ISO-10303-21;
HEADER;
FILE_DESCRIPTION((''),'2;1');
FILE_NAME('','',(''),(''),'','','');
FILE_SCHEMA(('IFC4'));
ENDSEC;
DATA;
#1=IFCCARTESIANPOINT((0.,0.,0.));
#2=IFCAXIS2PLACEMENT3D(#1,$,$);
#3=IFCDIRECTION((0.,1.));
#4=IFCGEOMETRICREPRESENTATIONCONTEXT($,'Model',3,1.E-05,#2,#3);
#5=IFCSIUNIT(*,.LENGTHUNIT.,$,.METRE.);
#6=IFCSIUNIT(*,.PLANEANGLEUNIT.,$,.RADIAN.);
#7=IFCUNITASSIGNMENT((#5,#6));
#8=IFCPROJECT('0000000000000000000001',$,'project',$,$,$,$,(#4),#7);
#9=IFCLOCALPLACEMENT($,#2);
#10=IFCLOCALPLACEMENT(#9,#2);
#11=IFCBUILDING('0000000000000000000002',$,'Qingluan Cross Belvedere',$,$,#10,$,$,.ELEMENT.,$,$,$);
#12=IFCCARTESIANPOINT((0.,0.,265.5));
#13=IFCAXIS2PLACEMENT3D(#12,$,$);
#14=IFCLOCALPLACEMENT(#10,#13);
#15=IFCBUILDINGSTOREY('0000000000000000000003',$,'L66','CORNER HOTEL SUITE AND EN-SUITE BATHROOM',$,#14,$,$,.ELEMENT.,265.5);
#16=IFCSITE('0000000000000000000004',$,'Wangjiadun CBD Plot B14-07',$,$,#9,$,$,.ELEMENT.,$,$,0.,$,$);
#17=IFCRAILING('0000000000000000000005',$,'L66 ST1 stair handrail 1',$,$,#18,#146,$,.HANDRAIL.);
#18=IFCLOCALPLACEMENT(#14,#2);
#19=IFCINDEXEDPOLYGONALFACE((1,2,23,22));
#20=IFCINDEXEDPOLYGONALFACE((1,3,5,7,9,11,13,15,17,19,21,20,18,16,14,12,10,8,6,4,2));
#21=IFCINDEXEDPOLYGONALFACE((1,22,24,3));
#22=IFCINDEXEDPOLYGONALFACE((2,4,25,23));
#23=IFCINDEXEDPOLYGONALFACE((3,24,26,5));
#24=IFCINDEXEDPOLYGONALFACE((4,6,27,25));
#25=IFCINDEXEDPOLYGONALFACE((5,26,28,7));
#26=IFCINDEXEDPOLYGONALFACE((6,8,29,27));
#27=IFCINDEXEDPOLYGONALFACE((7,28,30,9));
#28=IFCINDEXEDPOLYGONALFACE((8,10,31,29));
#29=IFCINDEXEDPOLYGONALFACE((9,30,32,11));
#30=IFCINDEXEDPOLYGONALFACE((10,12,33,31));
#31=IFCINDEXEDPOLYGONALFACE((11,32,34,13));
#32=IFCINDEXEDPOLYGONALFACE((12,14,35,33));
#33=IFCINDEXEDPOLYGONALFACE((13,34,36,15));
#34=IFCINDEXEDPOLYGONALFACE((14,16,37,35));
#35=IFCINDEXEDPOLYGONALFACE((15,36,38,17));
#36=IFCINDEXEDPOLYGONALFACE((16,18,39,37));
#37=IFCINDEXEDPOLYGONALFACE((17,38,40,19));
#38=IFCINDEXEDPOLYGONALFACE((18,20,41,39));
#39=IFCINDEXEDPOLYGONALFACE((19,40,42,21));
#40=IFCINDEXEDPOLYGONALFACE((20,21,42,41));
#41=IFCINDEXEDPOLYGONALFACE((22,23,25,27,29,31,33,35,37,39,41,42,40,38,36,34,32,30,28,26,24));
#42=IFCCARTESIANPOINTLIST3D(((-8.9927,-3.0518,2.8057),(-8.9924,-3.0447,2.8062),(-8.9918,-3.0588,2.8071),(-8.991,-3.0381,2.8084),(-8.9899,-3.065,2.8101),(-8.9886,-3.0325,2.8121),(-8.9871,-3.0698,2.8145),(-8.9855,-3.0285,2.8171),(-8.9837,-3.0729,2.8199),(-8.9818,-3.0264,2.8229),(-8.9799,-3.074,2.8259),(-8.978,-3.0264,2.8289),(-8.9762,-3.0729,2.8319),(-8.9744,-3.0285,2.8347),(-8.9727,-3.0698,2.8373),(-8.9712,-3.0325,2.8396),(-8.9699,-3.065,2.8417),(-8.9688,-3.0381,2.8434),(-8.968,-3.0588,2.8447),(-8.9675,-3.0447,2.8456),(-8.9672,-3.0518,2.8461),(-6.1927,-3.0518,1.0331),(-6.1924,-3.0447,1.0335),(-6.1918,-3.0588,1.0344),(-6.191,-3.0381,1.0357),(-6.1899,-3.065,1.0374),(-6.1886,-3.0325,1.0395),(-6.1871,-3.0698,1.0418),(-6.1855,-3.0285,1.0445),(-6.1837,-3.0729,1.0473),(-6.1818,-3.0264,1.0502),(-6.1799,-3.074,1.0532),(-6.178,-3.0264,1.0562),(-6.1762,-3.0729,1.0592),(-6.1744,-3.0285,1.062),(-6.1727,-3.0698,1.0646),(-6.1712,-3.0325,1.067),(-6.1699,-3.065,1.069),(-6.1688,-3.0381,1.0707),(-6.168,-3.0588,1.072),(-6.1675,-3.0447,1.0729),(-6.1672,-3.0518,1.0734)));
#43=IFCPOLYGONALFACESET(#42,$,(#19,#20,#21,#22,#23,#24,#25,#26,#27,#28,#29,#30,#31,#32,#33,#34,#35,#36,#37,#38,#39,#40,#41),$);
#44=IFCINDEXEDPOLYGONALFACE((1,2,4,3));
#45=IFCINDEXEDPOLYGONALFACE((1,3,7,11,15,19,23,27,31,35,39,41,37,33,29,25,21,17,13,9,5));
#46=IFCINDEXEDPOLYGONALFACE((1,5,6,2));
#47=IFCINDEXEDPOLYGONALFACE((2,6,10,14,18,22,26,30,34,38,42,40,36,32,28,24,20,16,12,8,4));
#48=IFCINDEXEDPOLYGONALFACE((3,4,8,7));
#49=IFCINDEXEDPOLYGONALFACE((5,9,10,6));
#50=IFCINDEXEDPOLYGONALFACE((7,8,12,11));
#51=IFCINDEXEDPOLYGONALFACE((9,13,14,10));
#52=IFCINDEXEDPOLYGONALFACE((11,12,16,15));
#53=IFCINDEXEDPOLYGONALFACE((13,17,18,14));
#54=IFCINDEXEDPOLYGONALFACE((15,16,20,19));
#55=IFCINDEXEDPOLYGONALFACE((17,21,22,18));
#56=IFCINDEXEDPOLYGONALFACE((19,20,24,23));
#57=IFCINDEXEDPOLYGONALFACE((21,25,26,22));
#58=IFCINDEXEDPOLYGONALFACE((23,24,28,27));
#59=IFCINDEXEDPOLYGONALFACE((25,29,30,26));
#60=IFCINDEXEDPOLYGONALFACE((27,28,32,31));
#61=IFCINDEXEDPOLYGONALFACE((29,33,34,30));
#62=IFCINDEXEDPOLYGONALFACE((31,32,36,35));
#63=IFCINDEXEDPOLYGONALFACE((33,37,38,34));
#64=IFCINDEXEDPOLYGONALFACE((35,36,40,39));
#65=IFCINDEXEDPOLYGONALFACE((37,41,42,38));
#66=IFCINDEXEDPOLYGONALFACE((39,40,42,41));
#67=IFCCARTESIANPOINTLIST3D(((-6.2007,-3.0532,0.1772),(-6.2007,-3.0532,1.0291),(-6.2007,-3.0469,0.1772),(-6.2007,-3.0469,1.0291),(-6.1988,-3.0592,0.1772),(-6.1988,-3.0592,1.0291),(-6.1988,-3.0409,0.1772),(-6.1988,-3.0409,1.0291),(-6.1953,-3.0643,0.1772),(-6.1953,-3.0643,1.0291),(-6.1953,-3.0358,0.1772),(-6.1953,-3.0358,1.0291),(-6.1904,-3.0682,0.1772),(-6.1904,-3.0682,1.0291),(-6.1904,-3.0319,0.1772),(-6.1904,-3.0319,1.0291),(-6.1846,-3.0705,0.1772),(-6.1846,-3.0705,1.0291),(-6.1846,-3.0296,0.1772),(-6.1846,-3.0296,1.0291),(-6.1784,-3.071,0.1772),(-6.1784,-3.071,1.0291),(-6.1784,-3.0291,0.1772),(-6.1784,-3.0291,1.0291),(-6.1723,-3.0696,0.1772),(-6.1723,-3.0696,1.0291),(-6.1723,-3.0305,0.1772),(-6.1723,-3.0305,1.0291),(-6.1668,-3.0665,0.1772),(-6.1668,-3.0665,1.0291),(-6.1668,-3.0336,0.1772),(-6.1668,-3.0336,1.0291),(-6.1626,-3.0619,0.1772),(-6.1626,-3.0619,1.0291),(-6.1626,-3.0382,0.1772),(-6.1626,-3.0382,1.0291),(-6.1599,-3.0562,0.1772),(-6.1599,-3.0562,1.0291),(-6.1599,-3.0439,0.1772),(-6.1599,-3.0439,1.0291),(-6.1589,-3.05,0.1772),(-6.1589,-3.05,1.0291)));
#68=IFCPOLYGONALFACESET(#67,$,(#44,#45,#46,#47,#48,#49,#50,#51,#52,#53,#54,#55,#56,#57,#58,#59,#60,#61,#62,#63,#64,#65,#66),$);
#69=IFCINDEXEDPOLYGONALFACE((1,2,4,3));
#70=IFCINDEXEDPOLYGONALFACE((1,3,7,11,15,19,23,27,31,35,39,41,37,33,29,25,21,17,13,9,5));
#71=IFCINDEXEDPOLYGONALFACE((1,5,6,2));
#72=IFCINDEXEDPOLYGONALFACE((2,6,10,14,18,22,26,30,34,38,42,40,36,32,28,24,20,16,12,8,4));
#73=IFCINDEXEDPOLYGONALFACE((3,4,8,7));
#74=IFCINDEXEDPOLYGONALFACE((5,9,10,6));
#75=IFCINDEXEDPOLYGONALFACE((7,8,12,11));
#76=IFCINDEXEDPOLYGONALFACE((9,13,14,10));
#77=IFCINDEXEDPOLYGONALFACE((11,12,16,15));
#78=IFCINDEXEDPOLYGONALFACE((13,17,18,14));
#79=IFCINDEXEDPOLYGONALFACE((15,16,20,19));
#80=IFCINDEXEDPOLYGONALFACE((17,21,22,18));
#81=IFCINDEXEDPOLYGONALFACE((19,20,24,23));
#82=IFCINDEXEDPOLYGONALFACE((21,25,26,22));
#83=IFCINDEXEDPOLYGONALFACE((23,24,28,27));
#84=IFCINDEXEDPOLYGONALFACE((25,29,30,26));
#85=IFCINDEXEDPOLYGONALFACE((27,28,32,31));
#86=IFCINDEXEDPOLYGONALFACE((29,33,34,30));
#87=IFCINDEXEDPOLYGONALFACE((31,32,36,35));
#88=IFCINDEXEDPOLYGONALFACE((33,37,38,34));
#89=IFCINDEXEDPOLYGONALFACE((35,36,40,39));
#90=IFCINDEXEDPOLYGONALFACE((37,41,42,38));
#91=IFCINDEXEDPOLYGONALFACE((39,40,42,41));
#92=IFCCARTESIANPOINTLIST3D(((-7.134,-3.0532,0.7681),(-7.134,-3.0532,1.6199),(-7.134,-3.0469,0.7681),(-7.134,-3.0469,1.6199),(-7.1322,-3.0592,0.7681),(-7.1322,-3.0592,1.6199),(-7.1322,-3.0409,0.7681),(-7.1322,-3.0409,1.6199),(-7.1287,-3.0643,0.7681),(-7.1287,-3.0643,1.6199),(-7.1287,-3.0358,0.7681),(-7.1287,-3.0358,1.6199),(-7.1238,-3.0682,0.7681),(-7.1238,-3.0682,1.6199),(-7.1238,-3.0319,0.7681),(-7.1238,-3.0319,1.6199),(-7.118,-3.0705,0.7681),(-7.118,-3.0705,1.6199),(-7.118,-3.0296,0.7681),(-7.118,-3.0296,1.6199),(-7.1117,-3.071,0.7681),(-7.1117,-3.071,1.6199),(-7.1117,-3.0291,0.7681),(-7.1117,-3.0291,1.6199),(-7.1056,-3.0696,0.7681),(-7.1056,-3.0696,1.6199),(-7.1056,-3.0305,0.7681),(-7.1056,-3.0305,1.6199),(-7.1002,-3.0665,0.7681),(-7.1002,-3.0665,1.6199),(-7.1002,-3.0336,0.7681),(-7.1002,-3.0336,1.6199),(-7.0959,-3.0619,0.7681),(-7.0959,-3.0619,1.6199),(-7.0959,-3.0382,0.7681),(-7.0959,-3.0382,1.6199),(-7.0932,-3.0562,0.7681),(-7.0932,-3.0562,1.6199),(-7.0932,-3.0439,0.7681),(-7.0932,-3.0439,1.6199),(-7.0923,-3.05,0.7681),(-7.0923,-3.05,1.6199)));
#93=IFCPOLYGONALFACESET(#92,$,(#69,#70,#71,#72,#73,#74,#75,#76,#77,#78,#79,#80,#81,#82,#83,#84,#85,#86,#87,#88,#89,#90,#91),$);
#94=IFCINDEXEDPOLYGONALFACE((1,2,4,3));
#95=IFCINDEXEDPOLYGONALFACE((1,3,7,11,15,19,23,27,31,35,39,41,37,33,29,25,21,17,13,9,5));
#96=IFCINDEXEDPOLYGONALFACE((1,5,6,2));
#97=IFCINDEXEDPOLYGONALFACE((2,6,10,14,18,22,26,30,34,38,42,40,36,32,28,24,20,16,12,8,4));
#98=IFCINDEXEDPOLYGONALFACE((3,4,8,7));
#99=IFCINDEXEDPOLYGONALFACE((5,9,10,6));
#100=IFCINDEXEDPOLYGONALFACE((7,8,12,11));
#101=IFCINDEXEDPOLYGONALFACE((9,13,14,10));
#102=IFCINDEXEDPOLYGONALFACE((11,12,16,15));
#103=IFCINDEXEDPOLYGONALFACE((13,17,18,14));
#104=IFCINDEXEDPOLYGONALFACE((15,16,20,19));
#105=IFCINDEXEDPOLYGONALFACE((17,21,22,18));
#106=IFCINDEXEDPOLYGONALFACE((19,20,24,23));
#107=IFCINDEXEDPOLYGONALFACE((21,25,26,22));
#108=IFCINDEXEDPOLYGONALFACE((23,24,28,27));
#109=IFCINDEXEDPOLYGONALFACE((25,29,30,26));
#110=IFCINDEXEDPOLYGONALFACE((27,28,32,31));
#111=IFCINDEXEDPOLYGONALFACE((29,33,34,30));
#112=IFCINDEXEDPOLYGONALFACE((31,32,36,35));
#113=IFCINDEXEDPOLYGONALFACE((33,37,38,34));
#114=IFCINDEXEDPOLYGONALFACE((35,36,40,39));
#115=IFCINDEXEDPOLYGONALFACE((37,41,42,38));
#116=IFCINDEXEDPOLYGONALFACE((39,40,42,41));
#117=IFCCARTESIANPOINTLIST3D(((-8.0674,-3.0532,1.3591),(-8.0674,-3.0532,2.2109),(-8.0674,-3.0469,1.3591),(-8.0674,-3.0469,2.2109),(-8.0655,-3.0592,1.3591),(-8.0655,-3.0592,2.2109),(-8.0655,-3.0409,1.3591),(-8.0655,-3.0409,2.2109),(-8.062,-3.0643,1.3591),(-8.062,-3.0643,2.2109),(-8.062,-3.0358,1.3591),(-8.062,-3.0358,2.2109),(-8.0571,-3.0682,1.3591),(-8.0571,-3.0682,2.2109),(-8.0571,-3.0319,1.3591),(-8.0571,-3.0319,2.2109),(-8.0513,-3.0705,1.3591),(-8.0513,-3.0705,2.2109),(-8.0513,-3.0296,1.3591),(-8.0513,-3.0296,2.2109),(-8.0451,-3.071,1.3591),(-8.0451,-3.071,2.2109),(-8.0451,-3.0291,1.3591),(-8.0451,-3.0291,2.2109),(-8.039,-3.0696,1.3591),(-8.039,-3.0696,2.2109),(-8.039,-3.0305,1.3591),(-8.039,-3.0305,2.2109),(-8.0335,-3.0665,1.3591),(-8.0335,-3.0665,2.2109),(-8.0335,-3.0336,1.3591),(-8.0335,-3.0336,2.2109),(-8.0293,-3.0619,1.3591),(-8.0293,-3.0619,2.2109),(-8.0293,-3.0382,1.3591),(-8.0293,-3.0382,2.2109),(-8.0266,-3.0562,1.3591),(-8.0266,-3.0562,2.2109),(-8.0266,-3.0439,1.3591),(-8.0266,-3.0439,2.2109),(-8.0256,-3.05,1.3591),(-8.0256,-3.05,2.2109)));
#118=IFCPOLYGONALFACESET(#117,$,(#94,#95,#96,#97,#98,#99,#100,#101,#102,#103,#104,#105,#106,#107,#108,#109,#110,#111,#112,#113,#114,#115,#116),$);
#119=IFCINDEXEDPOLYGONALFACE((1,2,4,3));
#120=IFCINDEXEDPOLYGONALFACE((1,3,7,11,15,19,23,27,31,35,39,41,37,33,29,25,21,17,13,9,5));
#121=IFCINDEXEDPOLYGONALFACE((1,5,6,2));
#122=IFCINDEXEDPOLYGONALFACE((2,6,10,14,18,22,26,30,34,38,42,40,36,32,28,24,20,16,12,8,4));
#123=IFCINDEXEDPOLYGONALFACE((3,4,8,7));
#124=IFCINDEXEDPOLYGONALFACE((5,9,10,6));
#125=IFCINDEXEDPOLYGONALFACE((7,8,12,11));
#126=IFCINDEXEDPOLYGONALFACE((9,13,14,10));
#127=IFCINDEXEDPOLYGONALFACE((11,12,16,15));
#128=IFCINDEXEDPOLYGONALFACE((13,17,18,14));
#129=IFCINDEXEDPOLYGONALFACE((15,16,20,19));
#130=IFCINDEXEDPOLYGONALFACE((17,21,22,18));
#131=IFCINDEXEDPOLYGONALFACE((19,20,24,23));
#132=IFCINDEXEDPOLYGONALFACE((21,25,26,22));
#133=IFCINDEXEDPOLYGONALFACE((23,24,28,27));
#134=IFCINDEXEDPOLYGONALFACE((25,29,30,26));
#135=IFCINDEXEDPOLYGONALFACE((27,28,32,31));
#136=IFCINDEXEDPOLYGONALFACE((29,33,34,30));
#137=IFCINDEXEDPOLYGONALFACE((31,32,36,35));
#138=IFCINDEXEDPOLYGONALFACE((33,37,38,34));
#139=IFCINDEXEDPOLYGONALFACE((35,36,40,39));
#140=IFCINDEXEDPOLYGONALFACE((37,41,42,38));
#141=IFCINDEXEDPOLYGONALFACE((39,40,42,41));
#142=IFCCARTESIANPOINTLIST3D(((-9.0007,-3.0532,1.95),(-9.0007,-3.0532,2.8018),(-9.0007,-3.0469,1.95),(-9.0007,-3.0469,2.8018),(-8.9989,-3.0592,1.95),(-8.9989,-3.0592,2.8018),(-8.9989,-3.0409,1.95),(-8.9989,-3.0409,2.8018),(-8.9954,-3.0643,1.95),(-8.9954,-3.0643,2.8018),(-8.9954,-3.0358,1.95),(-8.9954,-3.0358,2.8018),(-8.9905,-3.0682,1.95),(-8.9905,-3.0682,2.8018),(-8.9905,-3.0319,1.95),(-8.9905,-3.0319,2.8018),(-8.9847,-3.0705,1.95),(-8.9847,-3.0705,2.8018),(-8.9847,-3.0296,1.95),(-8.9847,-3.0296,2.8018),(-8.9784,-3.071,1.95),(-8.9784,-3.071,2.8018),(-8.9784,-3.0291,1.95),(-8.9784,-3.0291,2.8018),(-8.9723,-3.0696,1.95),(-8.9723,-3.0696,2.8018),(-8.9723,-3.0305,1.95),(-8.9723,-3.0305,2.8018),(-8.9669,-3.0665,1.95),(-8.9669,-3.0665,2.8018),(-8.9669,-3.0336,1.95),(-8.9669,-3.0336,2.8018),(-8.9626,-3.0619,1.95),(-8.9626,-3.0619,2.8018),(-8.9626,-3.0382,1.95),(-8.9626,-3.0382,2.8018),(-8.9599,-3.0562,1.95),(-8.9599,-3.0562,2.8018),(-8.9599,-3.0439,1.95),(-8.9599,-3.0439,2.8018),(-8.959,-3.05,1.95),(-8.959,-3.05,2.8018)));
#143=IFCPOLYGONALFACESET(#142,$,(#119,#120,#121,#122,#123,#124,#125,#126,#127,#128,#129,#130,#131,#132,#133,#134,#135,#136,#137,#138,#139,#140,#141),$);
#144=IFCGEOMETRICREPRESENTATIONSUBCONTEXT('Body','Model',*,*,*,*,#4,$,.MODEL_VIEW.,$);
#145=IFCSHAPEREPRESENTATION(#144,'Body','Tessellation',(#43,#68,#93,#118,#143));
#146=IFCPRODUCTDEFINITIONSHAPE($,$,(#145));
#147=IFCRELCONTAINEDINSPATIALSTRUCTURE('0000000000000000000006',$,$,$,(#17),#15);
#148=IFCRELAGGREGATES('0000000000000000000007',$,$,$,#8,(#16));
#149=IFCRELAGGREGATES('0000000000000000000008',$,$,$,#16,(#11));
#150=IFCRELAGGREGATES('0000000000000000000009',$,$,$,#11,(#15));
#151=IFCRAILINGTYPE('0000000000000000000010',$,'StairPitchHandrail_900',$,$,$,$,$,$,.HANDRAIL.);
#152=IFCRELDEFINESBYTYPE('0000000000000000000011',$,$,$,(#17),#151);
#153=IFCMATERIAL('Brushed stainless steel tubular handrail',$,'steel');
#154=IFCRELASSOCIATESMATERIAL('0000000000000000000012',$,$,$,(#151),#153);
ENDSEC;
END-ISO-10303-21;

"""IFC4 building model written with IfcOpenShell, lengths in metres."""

from ifc_helpers import new_model, si_unit, direction, frame, origin, origin_2d, place, context, subcontext, project, spatial, circle, extrude, material, type_object, element, save


model = new_model("IFC4")

# Units and contexts
model_context = context("Model", 3, precision=1e-05, world=origin(), true_north=direction((0.0, 1.0)))
body_context = subcontext(model_context, "Body", "Model", "MODEL_VIEW")
ifc_project = project(units=[si_unit("LENGTHUNIT", "METRE"), si_unit("PLANEANGLEUNIT", "RADIAN")], contexts=[model_context])

# Site, building, storey
site_placement = place(None, origin())
site = spatial("IfcSite", under=ifc_project, at=site_placement, Name="Wangjiadun CBD Plot B14-07", CompositionType="ELEMENT", RefElevation=0.0)
building_placement = place(site_placement, origin())
building = spatial("IfcBuilding", under=site, at=building_placement, Name="Qingluan Cross Belvedere", CompositionType="ELEMENT")
storey_placement = place(building_placement, frame((0.0, 0.0, 265.5)))
storey = spatial("IfcBuildingStorey", under=building, at=storey_placement, Name="L66", Description="CORNER HOTEL SUITE AND EN-SUITE BATHROOM", CompositionType="ELEMENT", Elevation=265.5)

# Railing
ifc_material_1 = material(Name="Brushed stainless steel tubular handrail", Category="steel")
railing_type_1 = type_object("IfcRailingType", Name="StairPitchHandrail_900", PredefinedType="HANDRAIL", material=ifc_material_1)
railing_1_placement = place(storey_placement, frame((-6.1799, -3.05, 0.1772)))
element("IfcRailing", 1, at=railing_1_placement, inside=storey, type_object=railing_type_1, Name="L66 ST1 stair handrail 1", PredefinedType="HANDRAIL", context=body_context, shape_type="SweptSolid", body=[
    extrude(circle(Radius=0.0239, at=origin_2d()), frame((0.0, 0.0, 0.876), z_axis=(-0.844909, 0.0, 0.53491), x_axis=(0.0, -1.0, 0.0)), (0.0, 0.0, 1.0), 3.314),
    extrude(circle(Radius=0.021, at=origin_2d()), origin(), (0.0, 0.0, 1.0), 0.8518),
    extrude(circle(Radius=0.021, at=origin_2d()), frame((-0.9333, 0.0, 0.5908)), (0.0, 0.0, 1.0), 0.8518),
    extrude(circle(Radius=0.021, at=origin_2d()), frame((-1.8667, 0.0, 1.1819)), (0.0, 0.0, 1.0), 0.8518),
    extrude(circle(Radius=0.021, at=origin_2d()), frame((-2.8, 0.0, 1.7727)), (0.0, 0.0, 1.0), 0.8518),
])

save(model, "model.ifc")
